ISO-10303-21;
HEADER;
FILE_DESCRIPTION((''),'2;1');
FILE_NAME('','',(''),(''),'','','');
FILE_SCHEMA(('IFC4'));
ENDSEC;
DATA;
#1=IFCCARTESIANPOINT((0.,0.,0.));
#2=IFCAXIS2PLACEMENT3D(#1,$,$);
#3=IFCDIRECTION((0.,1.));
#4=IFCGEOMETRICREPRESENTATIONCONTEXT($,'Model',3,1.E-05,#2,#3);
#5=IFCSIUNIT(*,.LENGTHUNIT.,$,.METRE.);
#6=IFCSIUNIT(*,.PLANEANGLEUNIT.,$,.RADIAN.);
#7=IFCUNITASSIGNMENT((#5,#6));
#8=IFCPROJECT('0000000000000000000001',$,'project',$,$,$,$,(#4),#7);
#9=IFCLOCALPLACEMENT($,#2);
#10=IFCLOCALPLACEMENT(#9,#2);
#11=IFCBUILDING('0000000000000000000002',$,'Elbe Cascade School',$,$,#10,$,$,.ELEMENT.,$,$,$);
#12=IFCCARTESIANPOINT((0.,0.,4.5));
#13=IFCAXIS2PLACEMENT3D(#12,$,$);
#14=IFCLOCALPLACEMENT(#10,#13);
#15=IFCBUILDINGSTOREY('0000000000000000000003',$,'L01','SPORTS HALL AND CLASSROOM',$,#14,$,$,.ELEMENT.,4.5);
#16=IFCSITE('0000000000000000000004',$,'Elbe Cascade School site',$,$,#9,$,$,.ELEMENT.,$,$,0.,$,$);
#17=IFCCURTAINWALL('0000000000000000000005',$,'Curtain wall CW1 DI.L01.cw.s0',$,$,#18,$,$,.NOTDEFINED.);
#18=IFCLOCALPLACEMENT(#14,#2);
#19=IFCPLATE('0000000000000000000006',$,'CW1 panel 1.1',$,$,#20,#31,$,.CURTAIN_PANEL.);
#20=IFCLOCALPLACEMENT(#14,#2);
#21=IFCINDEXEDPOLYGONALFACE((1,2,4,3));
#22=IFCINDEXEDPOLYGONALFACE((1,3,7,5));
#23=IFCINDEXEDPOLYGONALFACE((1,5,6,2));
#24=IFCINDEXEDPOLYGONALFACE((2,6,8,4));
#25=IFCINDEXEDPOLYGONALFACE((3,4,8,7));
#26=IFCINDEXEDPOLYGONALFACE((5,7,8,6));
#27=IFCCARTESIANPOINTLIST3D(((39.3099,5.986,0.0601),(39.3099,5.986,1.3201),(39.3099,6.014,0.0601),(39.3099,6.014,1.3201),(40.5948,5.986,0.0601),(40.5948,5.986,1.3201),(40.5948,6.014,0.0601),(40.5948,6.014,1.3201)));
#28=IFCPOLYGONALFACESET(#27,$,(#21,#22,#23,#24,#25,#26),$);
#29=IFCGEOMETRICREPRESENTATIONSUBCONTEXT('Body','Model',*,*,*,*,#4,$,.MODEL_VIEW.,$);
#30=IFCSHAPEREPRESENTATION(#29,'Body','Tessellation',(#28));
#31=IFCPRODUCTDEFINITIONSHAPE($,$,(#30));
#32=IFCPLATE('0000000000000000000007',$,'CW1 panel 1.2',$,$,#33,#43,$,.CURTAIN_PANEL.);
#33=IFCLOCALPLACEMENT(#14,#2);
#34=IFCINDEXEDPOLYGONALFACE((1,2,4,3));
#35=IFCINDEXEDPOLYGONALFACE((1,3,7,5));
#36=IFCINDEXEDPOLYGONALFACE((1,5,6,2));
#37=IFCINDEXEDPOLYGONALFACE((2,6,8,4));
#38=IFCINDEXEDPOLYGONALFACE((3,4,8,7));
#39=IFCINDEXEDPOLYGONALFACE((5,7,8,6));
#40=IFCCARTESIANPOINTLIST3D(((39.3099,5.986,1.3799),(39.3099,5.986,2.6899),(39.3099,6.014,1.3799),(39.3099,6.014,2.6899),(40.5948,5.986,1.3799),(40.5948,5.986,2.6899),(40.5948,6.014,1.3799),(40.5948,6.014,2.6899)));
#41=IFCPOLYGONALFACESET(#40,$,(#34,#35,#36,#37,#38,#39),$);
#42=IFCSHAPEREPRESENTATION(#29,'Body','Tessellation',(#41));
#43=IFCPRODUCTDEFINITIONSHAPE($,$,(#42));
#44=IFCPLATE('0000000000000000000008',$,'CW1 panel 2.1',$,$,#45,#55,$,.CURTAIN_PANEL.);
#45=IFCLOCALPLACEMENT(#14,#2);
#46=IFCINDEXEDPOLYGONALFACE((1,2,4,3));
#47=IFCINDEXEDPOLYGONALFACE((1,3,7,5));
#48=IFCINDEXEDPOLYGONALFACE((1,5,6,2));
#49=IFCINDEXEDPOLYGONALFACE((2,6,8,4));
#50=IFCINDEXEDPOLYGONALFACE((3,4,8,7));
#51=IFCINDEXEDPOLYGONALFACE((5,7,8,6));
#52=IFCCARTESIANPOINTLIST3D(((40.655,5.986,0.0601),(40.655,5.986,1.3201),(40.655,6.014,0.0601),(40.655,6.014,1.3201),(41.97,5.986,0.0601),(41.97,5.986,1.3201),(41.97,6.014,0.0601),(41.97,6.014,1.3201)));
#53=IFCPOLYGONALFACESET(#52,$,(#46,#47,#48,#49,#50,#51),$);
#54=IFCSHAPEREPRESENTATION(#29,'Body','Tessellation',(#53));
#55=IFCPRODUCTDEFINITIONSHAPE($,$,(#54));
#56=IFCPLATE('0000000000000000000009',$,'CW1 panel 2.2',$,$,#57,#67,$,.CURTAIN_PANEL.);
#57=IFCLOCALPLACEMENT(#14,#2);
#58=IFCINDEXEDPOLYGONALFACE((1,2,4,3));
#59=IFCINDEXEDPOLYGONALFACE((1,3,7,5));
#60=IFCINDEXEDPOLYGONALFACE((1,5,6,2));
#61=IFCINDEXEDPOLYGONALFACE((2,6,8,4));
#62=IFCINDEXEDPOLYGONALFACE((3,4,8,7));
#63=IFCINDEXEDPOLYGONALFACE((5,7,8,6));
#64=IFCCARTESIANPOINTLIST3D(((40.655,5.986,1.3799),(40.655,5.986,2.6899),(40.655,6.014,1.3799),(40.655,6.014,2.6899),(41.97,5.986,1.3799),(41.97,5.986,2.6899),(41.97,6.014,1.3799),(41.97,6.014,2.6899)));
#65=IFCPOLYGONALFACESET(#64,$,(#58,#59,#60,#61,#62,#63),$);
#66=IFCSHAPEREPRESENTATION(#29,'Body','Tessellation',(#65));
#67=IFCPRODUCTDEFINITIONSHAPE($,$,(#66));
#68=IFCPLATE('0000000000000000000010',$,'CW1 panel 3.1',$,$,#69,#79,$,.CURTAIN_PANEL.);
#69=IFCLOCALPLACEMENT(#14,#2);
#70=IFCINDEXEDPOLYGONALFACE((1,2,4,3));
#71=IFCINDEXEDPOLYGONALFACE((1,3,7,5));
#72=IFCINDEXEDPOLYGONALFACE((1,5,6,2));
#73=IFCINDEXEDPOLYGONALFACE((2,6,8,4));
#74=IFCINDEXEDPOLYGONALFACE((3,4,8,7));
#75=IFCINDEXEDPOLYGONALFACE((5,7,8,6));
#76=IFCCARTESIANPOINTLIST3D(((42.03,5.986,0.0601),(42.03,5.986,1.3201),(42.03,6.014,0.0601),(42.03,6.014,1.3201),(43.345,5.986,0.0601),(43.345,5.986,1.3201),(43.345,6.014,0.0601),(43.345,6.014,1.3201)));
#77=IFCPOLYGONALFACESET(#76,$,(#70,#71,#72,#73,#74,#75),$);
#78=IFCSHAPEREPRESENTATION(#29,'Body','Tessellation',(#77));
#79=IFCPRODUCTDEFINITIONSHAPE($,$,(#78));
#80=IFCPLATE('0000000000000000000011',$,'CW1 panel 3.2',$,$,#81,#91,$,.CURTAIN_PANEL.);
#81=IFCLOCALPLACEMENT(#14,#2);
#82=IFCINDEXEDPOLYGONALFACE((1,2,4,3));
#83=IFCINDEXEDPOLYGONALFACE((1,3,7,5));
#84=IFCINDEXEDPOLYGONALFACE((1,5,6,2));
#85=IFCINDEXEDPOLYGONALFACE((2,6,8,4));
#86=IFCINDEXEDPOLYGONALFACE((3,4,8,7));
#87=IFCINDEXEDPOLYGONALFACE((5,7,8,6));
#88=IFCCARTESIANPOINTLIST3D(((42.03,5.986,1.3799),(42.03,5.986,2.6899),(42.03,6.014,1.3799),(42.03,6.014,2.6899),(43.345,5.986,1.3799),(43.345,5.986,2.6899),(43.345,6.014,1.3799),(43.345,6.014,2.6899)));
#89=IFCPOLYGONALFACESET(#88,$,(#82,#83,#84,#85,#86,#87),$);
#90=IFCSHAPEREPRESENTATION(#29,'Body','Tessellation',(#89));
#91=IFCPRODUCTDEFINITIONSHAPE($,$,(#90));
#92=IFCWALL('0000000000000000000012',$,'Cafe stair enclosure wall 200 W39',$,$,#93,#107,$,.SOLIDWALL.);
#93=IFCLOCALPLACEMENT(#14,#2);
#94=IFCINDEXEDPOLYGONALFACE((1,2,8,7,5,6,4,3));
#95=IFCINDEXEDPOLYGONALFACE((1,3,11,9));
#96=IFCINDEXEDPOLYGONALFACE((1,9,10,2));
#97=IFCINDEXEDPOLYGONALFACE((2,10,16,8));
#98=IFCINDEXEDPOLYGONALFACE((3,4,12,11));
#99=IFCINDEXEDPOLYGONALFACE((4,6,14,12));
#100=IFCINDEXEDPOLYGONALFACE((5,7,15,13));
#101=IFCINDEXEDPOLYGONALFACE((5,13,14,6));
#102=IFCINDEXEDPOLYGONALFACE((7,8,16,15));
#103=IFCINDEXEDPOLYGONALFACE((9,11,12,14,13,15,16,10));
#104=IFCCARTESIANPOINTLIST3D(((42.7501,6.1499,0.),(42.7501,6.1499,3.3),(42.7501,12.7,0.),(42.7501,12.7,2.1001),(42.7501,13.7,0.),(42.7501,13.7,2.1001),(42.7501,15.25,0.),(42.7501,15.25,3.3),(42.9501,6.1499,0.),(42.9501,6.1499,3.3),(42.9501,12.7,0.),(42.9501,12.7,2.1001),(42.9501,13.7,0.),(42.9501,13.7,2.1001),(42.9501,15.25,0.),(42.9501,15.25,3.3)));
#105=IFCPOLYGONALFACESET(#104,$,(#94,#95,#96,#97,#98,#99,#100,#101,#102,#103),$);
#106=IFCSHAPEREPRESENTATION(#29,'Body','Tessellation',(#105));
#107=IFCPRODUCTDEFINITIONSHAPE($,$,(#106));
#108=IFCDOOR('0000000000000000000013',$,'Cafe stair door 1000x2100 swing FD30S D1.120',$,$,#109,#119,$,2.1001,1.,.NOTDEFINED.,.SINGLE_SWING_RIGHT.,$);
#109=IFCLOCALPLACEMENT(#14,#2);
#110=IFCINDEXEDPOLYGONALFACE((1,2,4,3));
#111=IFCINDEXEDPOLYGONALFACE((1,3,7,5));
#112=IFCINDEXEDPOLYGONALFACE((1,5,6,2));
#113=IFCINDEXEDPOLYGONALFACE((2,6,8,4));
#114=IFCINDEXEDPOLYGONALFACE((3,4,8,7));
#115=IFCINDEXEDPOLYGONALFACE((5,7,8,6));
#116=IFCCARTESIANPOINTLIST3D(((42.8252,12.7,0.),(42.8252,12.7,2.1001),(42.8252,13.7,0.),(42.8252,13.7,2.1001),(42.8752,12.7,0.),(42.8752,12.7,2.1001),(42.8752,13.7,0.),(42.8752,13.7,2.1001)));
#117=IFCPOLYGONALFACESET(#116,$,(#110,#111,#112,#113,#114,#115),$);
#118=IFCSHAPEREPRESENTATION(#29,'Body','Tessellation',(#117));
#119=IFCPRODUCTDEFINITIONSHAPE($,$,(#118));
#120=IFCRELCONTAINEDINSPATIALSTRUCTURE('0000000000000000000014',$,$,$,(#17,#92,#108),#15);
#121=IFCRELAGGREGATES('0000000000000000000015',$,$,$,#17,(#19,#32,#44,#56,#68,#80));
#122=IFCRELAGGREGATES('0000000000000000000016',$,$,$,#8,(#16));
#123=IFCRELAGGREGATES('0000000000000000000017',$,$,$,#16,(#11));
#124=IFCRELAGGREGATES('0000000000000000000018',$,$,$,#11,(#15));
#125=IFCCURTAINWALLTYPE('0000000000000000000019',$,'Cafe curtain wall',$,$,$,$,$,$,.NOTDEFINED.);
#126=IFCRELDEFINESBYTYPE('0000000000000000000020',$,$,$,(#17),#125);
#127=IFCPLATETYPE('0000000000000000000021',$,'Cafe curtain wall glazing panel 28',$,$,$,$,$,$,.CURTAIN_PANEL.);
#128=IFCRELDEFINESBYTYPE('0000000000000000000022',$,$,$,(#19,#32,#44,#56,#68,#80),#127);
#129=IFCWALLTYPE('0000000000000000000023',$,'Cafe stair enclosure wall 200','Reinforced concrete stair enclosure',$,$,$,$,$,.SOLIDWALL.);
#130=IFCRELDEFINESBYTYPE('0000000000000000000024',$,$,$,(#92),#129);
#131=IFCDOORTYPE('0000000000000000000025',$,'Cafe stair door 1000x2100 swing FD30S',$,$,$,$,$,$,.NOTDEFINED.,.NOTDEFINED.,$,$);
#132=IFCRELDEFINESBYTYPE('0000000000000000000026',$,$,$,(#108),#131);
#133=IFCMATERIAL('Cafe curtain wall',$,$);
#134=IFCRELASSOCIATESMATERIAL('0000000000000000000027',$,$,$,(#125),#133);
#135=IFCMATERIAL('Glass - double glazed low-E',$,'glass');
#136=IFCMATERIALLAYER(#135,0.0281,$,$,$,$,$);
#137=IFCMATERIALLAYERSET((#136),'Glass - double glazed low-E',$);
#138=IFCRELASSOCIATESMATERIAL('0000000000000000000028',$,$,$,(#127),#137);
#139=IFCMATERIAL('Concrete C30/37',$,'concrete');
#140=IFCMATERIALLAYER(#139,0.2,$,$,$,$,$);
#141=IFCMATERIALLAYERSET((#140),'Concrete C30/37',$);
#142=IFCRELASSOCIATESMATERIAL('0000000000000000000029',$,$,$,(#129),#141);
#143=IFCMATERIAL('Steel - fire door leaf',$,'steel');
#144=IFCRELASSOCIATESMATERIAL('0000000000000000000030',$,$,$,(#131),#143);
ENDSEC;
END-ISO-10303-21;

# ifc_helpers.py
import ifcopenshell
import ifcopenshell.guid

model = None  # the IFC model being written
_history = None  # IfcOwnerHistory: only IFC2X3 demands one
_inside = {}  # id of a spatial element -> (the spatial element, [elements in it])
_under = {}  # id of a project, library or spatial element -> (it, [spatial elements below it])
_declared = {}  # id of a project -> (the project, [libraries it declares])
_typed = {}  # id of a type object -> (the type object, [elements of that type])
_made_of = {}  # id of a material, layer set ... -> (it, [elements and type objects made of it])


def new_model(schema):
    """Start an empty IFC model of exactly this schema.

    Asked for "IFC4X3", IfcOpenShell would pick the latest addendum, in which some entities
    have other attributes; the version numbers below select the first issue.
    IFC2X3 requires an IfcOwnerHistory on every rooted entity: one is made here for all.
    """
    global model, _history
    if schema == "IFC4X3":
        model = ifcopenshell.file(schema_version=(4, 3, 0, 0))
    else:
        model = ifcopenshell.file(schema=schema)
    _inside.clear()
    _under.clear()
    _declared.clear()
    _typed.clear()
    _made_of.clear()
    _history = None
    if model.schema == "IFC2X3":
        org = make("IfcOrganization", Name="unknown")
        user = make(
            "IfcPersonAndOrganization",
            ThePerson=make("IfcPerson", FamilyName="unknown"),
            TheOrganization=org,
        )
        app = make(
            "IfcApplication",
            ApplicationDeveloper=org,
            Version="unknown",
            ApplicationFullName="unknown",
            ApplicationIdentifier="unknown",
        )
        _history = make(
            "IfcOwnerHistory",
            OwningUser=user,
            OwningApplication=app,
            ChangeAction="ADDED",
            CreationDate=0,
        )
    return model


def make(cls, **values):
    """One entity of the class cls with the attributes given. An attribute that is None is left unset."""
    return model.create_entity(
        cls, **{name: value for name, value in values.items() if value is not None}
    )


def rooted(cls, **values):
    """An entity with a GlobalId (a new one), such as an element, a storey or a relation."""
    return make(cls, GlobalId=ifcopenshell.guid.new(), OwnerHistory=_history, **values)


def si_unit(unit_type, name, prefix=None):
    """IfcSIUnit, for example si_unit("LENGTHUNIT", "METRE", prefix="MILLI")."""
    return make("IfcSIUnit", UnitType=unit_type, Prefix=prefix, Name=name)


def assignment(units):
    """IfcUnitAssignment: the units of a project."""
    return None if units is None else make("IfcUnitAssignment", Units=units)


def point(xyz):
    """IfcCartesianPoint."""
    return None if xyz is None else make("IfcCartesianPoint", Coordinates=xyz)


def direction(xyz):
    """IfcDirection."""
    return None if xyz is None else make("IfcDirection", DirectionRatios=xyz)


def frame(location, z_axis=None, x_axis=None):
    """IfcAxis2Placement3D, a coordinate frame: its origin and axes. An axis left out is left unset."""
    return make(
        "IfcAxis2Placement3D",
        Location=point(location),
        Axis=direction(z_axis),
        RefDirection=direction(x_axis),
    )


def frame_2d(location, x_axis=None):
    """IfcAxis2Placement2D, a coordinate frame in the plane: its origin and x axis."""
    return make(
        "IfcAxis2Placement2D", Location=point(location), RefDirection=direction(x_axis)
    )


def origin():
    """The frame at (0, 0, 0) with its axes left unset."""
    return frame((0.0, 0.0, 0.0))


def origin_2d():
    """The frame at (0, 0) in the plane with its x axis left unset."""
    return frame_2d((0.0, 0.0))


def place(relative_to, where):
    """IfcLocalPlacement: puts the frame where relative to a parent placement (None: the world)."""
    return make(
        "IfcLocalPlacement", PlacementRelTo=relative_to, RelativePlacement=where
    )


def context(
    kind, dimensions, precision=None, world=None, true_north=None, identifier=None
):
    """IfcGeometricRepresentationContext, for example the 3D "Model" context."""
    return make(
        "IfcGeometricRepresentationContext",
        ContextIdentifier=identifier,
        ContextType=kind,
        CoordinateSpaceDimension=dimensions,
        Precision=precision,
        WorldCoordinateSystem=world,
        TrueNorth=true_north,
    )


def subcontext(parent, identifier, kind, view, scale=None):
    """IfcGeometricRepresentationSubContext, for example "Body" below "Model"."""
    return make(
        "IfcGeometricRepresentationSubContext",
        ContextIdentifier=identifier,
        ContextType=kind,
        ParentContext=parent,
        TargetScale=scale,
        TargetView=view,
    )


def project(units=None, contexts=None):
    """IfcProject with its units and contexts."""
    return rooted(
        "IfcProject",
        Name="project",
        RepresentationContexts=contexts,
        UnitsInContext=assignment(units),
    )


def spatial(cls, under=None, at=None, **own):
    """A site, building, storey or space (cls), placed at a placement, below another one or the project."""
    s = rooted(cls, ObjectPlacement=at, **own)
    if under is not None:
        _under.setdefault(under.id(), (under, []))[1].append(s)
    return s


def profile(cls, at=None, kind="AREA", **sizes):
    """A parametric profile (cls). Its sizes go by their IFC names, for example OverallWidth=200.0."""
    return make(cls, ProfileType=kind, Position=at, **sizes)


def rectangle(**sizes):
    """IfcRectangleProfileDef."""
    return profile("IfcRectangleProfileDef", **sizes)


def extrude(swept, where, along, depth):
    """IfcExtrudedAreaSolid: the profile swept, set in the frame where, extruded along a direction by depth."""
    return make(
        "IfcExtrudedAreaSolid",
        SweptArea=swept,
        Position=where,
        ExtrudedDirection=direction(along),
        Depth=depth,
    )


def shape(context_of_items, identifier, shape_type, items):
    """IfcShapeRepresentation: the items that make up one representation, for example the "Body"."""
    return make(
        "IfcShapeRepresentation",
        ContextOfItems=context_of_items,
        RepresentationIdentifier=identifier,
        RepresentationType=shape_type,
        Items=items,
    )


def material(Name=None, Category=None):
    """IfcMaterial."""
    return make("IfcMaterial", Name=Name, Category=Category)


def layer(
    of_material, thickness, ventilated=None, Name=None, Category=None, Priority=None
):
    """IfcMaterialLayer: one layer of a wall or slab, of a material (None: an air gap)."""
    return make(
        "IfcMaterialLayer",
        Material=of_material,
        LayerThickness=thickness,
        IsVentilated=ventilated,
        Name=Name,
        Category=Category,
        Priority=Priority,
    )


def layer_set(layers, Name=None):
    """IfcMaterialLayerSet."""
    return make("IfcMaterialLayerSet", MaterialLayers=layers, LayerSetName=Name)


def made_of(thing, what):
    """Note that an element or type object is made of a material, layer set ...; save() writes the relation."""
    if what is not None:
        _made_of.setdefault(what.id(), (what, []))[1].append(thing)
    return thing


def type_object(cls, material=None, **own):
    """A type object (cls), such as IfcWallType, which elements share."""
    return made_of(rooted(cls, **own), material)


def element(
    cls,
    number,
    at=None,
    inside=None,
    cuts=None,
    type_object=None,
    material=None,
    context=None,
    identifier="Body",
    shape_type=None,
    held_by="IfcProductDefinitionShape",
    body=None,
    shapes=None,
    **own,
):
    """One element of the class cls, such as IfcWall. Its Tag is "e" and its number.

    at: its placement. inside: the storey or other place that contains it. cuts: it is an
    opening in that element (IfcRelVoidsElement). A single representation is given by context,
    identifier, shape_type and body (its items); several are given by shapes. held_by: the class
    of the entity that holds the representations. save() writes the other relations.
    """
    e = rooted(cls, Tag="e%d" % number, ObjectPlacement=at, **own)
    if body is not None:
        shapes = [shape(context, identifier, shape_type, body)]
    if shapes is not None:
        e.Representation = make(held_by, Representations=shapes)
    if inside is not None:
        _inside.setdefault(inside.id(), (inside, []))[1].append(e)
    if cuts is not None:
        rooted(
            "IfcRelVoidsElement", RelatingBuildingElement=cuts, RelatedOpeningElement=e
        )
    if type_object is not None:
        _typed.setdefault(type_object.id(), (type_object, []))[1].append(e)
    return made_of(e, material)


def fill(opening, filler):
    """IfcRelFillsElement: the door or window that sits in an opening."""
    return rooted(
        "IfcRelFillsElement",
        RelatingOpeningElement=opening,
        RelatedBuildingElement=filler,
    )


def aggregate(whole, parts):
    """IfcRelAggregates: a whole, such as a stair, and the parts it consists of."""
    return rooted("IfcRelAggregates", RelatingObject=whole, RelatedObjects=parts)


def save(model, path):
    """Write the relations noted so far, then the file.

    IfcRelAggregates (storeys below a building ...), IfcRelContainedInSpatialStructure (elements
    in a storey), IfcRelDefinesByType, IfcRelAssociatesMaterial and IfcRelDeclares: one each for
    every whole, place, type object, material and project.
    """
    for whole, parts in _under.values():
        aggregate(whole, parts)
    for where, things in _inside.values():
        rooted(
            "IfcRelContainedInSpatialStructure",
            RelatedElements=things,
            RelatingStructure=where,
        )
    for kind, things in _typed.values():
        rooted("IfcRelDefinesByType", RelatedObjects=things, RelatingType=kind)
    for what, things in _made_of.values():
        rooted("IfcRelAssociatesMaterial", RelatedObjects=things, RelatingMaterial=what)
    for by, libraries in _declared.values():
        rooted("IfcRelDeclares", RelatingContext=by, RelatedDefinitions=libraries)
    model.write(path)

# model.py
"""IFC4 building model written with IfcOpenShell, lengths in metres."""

from ifc_helpers import new_model, si_unit, direction, frame, frame_2d, origin, origin_2d, place, context, subcontext, project, spatial, rectangle, extrude, material, layer, layer_set, type_object, element, fill, aggregate, save


model = new_model("IFC4")

# Units and contexts
model_context = context("Model", 3, precision=1e-05, world=origin(), true_north=direction((0.0, 1.0)))
body_context = subcontext(model_context, "Body", "Model", "MODEL_VIEW")
ifc_project = project(units=[si_unit("LENGTHUNIT", "METRE"), si_unit("PLANEANGLEUNIT", "RADIAN")], contexts=[model_context])

# Site, building, storey
site_placement = place(None, origin())
site = spatial("IfcSite", under=ifc_project, at=site_placement, Name="Elbe Cascade School site", CompositionType="ELEMENT", RefElevation=0.0)
building_placement = place(site_placement, origin())
building = spatial("IfcBuilding", under=site, at=building_placement, Name="Elbe Cascade School", CompositionType="ELEMENT")
storey_placement = place(building_placement, frame((0.0, 0.0, 4.5)))
storey = spatial("IfcBuildingStorey", under=building, at=storey_placement, Name="L01", Description="SPORTS HALL AND CLASSROOM", CompositionType="ELEMENT", Elevation=4.5)

# Curtain wall, plates
ifc_material_1 = material(Name="Cafe curtain wall")
curtain_wall_type = type_object("IfcCurtainWallType", Name="Cafe curtain wall", PredefinedType="NOTDEFINED", material=ifc_material_1)
curtain_wall_placement = place(storey_placement, origin())
curtain_wall = element("IfcCurtainWall", 1, at=curtain_wall_placement, inside=storey, type_object=curtain_wall_type, Name="Curtain wall CW1 DI.L01.cw.s0", PredefinedType="NOTDEFINED")
ifc_material_2 = material(Name="Glass - double glazed low-E", Category="glass")
ifc_layer_1 = layer(ifc_material_2, 0.0281)
ifc_layer_set_1 = layer_set([ifc_layer_1], Name="Glass - double glazed low-E")
plate_type = type_object("IfcPlateType", Name="Cafe curtain wall glazing panel 28", PredefinedType="CURTAIN_PANEL", material=ifc_layer_set_1)
plate_1_placement = place(storey_placement, frame((39.9524, 6.0, 0.0601), z_axis=(0.0, 0.0, 1.0), x_axis=(1.0, 0.0, 0.0)))
plate_1 = element("IfcPlate", 2, at=plate_1_placement, type_object=plate_type, Name="CW1 panel 1.1", PredefinedType="CURTAIN_PANEL", context=body_context, shape_type="SweptSolid", body=[
    extrude(rectangle(XDim=1.2849, YDim=0.0281, at=origin_2d()), origin(), (0.0, 0.0, 1.0), 1.26),
])
plate_2_placement = place(storey_placement, frame((39.9524, 6.0, 1.3799), z_axis=(0.0, 0.0, 1.0), x_axis=(1.0, 0.0, 0.0)))
plate_2 = element("IfcPlate", 3, at=plate_2_placement, type_object=plate_type, Name="CW1 panel 1.2", PredefinedType="CURTAIN_PANEL", context=body_context, shape_type="SweptSolid", body=[
    extrude(rectangle(XDim=1.2849, YDim=0.0281, at=origin_2d()), origin(), (0.0, 0.0, 1.0), 1.3101),
])
plate_3_placement = place(storey_placement, frame((41.3125, 6.0, 0.0601), z_axis=(0.0, 0.0, 1.0), x_axis=(1.0, 0.0, 0.0)))
plate_3 = element("IfcPlate", 4, at=plate_3_placement, type_object=plate_type, Name="CW1 panel 2.1", PredefinedType="CURTAIN_PANEL", context=body_context, shape_type="SweptSolid", body=[
    extrude(rectangle(XDim=1.3149, YDim=0.0281, at=origin_2d()), origin(), (0.0, 0.0, 1.0), 1.26),
])
plate_4_placement = place(storey_placement, frame((41.3125, 6.0, 1.3799), z_axis=(0.0, 0.0, 1.0), x_axis=(1.0, 0.0, 0.0)))
plate_4 = element("IfcPlate", 5, at=plate_4_placement, type_object=plate_type, Name="CW1 panel 2.2", PredefinedType="CURTAIN_PANEL", context=body_context, shape_type="SweptSolid", body=[
    extrude(rectangle(XDim=1.3149, YDim=0.0281, at=origin_2d()), origin(), (0.0, 0.0, 1.0), 1.3101),
])
plate_5_placement = place(storey_placement, frame((42.6875, 6.0, 0.0601), z_axis=(0.0, 0.0, 1.0), x_axis=(1.0, 0.0, 0.0)))
plate_5 = element("IfcPlate", 6, at=plate_5_placement, type_object=plate_type, Name="CW1 panel 3.1", PredefinedType="CURTAIN_PANEL", context=body_context, shape_type="SweptSolid", body=[
    extrude(rectangle(XDim=1.3149, YDim=0.0281, at=origin_2d()), origin(), (0.0, 0.0, 1.0), 1.26),
])
plate_6_placement = place(storey_placement, frame((42.6875, 6.0, 1.3799), z_axis=(0.0, 0.0, 1.0), x_axis=(1.0, 0.0, 0.0)))
plate_6 = element("IfcPlate", 7, at=plate_6_placement, type_object=plate_type, Name="CW1 panel 3.2", PredefinedType="CURTAIN_PANEL", context=body_context, shape_type="SweptSolid", body=[
    extrude(rectangle(XDim=1.3149, YDim=0.0281, at=origin_2d()), origin(), (0.0, 0.0, 1.0), 1.3101),
])
aggregate(curtain_wall, [plate_1, plate_2, plate_3, plate_4, plate_5, plate_6])

# Wall, opening, door
ifc_material_3 = material(Name="Concrete C30/37", Category="concrete")
ifc_layer_2 = layer(ifc_material_3, 0.2)
ifc_layer_set_2 = layer_set([ifc_layer_2], Name="Concrete C30/37")
wall_type = type_object("IfcWallType", Name="Cafe stair enclosure wall 200", Description="Reinforced concrete stair enclosure", PredefinedType="SOLIDWALL", material=ifc_layer_set_2)
wall_placement = place(storey_placement, frame((42.8501, 6.1499, 0.0), z_axis=(0.0, 0.0, 1.0), x_axis=(0.0, 1.0, 0.0)))
wall = element("IfcWall", 8, at=wall_placement, inside=storey, type_object=wall_type, Name="Cafe stair enclosure wall 200 W39", PredefinedType="SOLIDWALL", context=body_context, shape_type="SweptSolid", body=[
    extrude(rectangle(XDim=9.1001, YDim=0.2, at=frame_2d((4.55, 0.0))), origin(), (0.0, 0.0, 1.0), 3.3),
])
opening_placement = place(wall_placement, frame((6.55, 0.0, 0.0)))
opening = element("IfcOpeningElement", 9, at=opening_placement, cuts=wall, PredefinedType="OPENING", context=body_context, shape_type="SweptSolid", body=[
    extrude(rectangle(XDim=1.0, YDim=2.1001, at=frame_2d((0.5, 1.05))), frame((0.0, 0.1099, 0.0), z_axis=(0.0, -1.0, 0.0), x_axis=(1.0, 0.0, 0.0)), (0.0, 0.0, 1.0), 0.22),
])
ifc_material_4 = material(Name="Steel - fire door leaf", Category="steel")
door_type = type_object("IfcDoorType", Name="Cafe stair door 1000x2100 swing FD30S", OperationType="NOTDEFINED", PredefinedType="NOTDEFINED", material=ifc_material_4)
door_placement = place(opening_placement, origin())
door = element("IfcDoor", 10, at=door_placement, inside=storey, type_object=door_type, Name="Cafe stair door 1000x2100 swing FD30S D1.120", OperationType="SINGLE_SWING_RIGHT", OverallHeight=2.1001, OverallWidth=1.0, PredefinedType="NOTDEFINED", context=body_context, shape_type="SweptSolid", body=[
    extrude(rectangle(XDim=1.0, YDim=2.1001, at=frame_2d((0.5, 1.05))), frame((0.0, 0.0249, 0.0), z_axis=(0.0, -1.0, 0.0), x_axis=(1.0, 0.0, 0.0)), (0.0, 0.0, 1.0), 0.05),
])
fill(opening, door)

save(model, "model.ifc")
